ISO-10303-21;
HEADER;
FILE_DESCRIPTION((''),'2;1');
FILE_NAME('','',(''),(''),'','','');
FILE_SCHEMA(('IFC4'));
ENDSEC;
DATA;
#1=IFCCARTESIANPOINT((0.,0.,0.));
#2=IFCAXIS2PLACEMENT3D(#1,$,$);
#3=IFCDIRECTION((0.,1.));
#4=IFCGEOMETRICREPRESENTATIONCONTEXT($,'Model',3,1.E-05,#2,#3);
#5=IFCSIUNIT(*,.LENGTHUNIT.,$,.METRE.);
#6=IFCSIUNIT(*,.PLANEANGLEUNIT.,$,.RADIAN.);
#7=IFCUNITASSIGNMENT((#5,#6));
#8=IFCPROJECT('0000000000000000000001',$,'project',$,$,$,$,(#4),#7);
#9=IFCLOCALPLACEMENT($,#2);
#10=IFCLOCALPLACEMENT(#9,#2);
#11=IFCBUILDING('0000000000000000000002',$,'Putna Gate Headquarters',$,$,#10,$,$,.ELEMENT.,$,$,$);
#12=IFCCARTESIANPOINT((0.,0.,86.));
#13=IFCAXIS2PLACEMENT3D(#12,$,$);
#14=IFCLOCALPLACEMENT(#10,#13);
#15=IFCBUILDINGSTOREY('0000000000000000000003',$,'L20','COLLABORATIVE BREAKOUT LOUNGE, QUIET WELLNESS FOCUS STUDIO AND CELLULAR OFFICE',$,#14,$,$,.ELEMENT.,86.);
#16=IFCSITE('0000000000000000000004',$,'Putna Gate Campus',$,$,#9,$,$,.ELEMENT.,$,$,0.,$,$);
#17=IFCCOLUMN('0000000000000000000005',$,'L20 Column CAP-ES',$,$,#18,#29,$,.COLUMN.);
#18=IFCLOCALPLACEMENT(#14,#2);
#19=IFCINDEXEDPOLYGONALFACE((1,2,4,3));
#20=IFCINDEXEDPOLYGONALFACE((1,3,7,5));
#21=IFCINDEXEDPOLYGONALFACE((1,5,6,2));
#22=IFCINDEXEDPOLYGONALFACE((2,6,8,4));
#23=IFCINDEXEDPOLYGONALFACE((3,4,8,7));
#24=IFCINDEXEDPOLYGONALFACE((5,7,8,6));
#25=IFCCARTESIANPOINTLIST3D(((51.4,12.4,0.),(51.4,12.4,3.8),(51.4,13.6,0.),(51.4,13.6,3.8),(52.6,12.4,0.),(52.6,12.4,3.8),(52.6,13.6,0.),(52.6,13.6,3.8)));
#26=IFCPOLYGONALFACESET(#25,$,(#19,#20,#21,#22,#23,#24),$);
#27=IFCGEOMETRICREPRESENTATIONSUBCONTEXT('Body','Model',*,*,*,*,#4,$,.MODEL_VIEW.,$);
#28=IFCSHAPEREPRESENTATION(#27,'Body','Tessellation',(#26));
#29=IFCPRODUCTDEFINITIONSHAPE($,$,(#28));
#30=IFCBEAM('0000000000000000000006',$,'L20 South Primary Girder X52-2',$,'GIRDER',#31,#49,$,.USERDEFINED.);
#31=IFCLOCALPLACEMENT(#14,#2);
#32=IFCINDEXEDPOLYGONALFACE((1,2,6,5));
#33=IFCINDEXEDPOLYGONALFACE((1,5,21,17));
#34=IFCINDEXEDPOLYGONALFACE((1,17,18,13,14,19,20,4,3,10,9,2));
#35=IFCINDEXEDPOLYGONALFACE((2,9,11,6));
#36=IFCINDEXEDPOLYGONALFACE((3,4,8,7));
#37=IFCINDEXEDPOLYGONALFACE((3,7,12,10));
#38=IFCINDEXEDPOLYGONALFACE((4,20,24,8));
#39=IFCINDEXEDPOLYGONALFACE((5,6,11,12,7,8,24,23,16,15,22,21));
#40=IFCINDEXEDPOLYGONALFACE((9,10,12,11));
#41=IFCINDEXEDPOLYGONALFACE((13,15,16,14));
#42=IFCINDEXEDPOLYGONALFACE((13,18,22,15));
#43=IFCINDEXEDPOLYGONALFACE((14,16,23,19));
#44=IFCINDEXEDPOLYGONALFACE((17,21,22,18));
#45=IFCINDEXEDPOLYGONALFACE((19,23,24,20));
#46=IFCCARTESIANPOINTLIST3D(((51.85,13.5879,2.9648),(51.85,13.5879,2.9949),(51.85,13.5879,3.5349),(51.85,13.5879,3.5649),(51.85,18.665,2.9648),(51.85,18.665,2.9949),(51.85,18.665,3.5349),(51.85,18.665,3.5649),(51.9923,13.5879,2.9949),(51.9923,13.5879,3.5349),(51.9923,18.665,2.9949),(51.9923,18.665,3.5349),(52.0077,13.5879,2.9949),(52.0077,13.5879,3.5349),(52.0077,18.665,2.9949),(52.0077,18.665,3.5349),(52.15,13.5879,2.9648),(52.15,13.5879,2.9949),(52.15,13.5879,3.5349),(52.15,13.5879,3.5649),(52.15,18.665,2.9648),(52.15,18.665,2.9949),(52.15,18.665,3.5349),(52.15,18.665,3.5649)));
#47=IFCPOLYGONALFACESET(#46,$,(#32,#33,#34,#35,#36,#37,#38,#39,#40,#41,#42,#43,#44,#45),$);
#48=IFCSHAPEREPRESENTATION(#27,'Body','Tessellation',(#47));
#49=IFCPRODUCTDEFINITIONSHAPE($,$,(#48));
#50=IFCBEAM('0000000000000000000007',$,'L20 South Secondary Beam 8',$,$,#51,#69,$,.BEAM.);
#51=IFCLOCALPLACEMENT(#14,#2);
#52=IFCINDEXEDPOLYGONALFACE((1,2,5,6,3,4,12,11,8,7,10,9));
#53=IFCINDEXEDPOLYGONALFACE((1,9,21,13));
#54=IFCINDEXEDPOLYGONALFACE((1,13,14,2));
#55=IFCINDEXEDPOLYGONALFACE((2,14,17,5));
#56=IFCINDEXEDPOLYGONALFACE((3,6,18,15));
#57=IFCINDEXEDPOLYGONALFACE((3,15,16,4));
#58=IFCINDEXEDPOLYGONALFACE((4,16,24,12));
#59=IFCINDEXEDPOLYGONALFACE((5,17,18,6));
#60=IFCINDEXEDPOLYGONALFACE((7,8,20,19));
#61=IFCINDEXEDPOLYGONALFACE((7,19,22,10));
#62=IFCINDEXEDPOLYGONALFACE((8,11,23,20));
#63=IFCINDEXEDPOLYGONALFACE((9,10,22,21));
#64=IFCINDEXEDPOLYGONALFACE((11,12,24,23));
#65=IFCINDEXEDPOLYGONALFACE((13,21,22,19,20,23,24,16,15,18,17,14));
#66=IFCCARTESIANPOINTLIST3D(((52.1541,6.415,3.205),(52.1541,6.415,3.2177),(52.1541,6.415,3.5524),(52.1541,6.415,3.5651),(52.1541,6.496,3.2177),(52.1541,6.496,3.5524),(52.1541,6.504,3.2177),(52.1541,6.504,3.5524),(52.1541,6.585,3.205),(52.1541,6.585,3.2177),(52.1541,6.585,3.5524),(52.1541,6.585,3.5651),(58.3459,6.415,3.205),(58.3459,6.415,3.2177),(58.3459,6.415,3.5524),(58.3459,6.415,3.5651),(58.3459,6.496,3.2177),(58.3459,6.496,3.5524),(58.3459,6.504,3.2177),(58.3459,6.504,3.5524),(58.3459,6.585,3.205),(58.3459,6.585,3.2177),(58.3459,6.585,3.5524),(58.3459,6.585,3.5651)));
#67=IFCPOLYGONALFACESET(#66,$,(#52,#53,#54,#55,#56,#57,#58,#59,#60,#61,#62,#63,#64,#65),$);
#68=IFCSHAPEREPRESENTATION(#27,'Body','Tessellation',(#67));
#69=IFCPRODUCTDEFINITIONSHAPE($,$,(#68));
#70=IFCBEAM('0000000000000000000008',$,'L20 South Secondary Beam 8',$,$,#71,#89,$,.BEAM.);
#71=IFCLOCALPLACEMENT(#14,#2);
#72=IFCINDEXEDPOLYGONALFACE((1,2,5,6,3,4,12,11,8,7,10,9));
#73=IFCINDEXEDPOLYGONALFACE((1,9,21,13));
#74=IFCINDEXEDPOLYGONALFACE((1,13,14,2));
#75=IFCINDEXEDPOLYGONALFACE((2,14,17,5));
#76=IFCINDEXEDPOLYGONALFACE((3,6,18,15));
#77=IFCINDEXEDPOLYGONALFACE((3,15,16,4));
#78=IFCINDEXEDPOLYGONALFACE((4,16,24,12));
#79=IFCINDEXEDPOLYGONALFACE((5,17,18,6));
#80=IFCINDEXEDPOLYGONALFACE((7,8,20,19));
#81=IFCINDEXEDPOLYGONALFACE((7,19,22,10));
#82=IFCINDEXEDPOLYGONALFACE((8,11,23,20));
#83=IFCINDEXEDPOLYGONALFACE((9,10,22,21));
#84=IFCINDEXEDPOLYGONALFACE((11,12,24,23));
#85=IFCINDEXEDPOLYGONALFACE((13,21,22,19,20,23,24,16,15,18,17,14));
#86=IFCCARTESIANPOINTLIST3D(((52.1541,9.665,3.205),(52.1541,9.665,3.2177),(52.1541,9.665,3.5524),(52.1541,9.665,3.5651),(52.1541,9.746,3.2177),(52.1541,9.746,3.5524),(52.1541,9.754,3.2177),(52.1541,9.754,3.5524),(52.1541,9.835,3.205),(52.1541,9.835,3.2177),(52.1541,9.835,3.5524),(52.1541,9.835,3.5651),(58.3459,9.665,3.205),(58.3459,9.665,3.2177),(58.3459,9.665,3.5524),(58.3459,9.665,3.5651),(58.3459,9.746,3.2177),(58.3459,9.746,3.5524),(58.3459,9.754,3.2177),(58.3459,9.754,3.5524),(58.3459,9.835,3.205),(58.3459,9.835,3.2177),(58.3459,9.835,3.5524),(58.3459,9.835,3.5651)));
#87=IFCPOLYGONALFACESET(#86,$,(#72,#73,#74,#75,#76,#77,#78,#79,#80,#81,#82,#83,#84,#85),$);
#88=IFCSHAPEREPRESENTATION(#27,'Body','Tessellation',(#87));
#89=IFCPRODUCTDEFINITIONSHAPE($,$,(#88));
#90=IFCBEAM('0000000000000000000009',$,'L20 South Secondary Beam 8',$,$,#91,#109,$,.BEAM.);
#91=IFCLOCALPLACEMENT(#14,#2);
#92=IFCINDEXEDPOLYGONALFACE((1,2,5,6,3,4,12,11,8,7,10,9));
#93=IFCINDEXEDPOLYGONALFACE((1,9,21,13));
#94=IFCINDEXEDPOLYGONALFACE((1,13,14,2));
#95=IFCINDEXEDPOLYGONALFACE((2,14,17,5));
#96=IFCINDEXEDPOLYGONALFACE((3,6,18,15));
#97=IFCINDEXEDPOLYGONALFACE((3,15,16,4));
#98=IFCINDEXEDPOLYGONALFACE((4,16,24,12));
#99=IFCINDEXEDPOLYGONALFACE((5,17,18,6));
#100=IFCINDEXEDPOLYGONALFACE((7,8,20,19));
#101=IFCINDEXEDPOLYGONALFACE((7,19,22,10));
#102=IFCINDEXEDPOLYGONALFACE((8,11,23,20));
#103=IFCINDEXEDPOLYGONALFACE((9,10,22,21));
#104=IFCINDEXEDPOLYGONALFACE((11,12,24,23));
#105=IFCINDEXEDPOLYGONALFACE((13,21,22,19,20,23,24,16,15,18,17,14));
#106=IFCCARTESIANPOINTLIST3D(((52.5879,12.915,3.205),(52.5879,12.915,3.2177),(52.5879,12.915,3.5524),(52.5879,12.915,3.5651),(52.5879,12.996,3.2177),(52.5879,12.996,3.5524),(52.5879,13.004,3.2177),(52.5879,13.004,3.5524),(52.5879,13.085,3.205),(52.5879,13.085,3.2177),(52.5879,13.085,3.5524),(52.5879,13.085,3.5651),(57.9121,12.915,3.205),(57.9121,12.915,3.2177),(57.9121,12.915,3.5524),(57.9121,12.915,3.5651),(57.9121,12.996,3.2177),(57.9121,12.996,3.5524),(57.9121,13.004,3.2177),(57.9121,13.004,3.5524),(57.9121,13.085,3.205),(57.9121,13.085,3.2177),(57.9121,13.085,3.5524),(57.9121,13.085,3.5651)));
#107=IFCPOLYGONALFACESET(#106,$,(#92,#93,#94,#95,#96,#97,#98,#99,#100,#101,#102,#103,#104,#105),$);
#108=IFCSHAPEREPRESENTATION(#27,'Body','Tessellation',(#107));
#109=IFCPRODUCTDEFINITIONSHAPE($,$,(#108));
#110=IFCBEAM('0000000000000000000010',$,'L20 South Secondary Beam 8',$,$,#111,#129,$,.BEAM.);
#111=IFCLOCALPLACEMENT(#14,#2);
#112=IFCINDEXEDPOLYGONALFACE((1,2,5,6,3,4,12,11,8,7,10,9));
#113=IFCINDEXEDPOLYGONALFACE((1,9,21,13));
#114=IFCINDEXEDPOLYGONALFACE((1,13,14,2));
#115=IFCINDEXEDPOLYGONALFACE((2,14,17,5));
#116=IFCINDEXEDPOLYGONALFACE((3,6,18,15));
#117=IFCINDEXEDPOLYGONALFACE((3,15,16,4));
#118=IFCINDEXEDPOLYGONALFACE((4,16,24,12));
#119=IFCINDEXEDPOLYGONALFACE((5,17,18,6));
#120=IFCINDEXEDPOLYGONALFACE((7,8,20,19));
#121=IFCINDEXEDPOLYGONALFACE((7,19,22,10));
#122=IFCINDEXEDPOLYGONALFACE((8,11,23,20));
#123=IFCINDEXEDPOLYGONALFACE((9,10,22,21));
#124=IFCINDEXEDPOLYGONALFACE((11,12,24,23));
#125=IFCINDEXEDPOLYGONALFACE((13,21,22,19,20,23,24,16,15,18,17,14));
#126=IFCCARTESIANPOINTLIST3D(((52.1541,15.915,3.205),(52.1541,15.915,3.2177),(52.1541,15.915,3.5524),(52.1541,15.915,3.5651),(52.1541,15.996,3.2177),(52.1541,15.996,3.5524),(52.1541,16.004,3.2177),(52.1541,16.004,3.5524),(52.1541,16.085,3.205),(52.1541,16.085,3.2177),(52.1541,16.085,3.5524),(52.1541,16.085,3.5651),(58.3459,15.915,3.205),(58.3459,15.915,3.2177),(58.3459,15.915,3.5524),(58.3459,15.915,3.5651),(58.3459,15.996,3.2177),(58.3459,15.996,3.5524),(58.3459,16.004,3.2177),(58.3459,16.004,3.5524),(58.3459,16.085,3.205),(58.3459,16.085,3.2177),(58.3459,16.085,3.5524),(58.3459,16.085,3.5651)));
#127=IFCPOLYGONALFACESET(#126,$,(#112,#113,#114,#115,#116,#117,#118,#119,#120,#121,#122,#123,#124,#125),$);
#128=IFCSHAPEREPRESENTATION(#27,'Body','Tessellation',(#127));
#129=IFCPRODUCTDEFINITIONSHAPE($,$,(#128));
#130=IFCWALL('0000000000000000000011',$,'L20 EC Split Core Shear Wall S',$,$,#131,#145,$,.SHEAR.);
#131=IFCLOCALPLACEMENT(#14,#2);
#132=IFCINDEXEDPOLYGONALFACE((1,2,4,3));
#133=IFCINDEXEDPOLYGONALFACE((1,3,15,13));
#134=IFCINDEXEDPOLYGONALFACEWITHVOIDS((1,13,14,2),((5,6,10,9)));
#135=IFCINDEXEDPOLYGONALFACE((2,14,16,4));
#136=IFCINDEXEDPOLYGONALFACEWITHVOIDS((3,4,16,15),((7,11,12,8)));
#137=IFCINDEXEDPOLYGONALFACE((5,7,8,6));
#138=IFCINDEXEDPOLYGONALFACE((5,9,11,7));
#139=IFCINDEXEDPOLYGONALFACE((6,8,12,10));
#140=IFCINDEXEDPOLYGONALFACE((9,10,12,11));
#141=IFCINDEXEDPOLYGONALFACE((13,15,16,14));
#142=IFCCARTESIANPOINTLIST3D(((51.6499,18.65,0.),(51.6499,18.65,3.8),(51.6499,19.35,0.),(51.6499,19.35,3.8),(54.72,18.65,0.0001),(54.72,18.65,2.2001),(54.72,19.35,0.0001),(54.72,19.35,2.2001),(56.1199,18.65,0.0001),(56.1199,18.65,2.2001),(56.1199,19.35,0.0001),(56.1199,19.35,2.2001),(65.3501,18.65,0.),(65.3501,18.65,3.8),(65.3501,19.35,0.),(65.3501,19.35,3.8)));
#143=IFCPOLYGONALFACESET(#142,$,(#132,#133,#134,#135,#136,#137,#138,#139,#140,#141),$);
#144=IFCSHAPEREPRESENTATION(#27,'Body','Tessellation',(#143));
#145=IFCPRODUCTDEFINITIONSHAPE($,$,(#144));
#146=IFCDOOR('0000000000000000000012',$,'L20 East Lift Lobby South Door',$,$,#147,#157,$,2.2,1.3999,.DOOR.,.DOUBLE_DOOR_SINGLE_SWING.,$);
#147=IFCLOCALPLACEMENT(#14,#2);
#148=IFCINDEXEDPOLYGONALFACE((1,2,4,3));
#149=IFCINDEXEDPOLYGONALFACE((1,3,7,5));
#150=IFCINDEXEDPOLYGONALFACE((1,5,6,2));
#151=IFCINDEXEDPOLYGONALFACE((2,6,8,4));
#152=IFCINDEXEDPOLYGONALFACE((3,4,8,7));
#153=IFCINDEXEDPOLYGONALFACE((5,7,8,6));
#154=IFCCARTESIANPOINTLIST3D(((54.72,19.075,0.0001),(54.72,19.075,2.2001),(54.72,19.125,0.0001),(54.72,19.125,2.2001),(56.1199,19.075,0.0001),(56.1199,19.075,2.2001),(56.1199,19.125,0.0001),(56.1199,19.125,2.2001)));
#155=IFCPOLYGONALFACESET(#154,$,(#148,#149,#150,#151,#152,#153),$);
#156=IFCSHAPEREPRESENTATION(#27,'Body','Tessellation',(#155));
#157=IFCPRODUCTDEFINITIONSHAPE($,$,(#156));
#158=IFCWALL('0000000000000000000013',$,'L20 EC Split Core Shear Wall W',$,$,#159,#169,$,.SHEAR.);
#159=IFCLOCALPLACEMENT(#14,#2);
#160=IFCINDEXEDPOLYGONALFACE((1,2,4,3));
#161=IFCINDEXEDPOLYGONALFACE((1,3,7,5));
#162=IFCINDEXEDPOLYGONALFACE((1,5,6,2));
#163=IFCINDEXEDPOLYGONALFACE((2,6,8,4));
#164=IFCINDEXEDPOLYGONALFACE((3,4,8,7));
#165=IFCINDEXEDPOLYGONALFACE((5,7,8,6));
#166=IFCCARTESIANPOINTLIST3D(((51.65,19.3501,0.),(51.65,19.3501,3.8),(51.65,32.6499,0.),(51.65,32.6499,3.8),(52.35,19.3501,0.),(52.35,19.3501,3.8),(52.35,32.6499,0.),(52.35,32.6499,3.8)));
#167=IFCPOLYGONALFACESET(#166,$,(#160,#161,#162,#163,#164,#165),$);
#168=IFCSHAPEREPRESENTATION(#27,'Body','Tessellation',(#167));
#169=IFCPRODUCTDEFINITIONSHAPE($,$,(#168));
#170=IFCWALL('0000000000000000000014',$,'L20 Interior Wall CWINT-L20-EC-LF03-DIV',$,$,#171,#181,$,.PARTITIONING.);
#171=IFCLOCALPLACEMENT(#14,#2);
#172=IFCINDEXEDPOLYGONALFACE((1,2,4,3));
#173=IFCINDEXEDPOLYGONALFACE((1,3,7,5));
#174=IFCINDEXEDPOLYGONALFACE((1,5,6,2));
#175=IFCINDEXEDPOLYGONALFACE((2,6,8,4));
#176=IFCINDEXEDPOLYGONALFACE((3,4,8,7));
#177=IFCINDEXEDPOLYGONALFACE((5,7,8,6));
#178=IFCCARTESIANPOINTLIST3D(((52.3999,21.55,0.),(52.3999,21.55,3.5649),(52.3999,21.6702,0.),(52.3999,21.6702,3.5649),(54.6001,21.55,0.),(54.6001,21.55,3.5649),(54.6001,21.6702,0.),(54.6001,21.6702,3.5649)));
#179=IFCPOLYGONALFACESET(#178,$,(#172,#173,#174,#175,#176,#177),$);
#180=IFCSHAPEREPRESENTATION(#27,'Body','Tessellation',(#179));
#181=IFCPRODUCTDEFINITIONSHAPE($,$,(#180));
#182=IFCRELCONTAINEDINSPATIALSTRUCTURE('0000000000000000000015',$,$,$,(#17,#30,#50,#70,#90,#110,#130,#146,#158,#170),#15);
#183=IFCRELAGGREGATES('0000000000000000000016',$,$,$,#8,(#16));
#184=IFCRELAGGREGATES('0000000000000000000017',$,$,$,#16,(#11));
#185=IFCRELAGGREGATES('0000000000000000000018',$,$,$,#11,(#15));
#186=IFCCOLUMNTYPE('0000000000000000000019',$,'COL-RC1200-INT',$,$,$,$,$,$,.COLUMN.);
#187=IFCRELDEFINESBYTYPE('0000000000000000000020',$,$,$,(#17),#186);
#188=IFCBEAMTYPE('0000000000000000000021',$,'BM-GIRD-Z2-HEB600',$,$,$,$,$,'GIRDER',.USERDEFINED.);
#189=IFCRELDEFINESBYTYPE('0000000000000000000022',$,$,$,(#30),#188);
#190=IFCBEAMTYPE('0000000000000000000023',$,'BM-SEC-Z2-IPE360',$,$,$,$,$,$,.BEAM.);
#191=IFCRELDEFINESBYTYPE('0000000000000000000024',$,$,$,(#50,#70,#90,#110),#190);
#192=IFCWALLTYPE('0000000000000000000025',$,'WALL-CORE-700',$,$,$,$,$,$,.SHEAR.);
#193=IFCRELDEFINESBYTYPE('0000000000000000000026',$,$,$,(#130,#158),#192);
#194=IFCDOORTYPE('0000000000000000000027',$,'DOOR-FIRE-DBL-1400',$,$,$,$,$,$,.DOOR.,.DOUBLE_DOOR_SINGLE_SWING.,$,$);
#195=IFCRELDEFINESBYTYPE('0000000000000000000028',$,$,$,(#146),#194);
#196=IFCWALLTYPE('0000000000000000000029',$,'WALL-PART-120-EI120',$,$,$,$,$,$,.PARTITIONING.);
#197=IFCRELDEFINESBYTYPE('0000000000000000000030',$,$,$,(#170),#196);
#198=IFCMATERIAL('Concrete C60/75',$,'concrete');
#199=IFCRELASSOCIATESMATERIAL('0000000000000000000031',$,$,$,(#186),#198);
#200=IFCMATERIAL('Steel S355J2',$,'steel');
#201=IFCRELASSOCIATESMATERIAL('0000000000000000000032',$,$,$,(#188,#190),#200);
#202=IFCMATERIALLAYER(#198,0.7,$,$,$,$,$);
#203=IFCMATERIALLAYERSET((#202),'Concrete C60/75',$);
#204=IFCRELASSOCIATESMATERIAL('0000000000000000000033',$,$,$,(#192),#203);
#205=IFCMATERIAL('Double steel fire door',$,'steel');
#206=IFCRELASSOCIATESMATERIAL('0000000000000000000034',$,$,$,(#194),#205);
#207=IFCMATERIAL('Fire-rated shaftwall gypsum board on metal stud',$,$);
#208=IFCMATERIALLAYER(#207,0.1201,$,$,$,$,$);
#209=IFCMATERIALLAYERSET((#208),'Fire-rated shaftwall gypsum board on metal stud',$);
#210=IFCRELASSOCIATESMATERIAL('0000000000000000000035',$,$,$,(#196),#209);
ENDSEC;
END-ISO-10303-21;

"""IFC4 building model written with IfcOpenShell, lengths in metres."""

from ifc_helpers import new_model, si_unit, direction, frame, frame_2d, origin, origin_2d, place, context, subcontext, project, spatial, rectangle, i_section, extrude, material, layer, layer_set, material_profile, profile_set, type_object, element, fill, save


model = new_model("IFC4")

# Units and contexts
model_context = context("Model", 3, precision=1e-05, world=origin(), true_north=direction((0.0, 1.0)))
body_context = subcontext(model_context, "Body", "Model", "MODEL_VIEW")
ifc_project = project(units=[si_unit("LENGTHUNIT", "METRE"), si_unit("PLANEANGLEUNIT", "RADIAN")], contexts=[model_context])

# Site, building, storey
site_placement = place(None, origin())
site = spatial("IfcSite", under=ifc_project, at=site_placement, Name="Putna Gate Campus", CompositionType="ELEMENT", RefElevation=0.0)
building_placement = place(site_placement, origin())
building = spatial("IfcBuilding", under=site, at=building_placement, Name="Putna Gate Headquarters", CompositionType="ELEMENT")
storey_placement = place(building_placement, frame((0.0, 0.0, 86.0)))
storey = spatial("IfcBuildingStorey", under=building, at=storey_placement, Name="L20", Description="COLLABORATIVE BREAKOUT LOUNGE, QUIET WELLNESS FOCUS STUDIO AND CELLULAR OFFICE", CompositionType="ELEMENT", Elevation=86.0)

# Column
ifc_material_1 = material(Name="Concrete C60/75", Category="concrete")
ifc_material_profile_1 = material_profile(ifc_material_1, rectangle(XDim=1.2, YDim=1.2, at=origin_2d()), Name="Concrete C60/75")
ifc_profile_set_1 = profile_set([ifc_material_profile_1], Name="Concrete C60/75")
column_type = type_object("IfcColumnType", Name="COL-RC1200-INT", PredefinedType="COLUMN", material=ifc_profile_set_1)
column_placement = place(storey_placement, frame((52.0, 13.0, 0.0), z_axis=(0.0, 0.0, 1.0), x_axis=(1.0, 0.0, 0.0)))
element("IfcColumn", 1, at=column_placement, inside=storey, type_object=column_type, Name="L20 Column CAP-ES", PredefinedType="COLUMN", context=body_context, shape_type="SweptSolid", body=[
    extrude(rectangle(XDim=1.2, YDim=1.2, at=origin_2d()), origin(), (0.0, 0.0, 1.0), 3.8),
])

# Beams
ifc_material_2 = material(Name="Steel S355J2", Category="steel")
ifc_material_profile_2 = material_profile(ifc_material_2, i_section(OverallWidth=0.3, OverallDepth=0.6001, WebThickness=0.0154, FlangeThickness=0.03, at=origin_2d()), Name="Steel S355J2")
ifc_profile_set_2 = profile_set([ifc_material_profile_2], Name="Steel S355J2")
beam_type_1 = type_object("IfcBeamType", Name="BM-GIRD-Z2-HEB600", ElementType="GIRDER", PredefinedType="USERDEFINED", material=ifc_profile_set_2)
beam_1_placement = place(storey_placement, frame((52.0, 13.5879, 3.2649), z_axis=(0.0, 1.0, 0.0), x_axis=(-1.0, 0.0, 0.0)))
element("IfcBeam", 2, at=beam_1_placement, inside=storey, type_object=beam_type_1, Name="L20 South Primary Girder X52-2", ObjectType="GIRDER", PredefinedType="USERDEFINED", context=body_context, shape_type="SweptSolid", body=[
    extrude(i_section(OverallWidth=0.3, OverallDepth=0.6001, WebThickness=0.0154, FlangeThickness=0.03, at=origin_2d()), origin(), (0.0, 0.0, 1.0), 5.0771),
])
ifc_material_profile_3 = material_profile(ifc_material_2, i_section(OverallWidth=0.1699, OverallDepth=0.3601, WebThickness=0.0081, FlangeThickness=0.0127, at=origin_2d()), Name="Steel S355J2")
ifc_profile_set_3 = profile_set([ifc_material_profile_3], Name="Steel S355J2")
beam_type_2 = type_object("IfcBeamType", Name="BM-SEC-Z2-IPE360", PredefinedType="BEAM", material=ifc_profile_set_3)
for number, where, z_axis, x_axis, name in (
    (3, (52.1541, 6.5, 3.385), (1.0, 0.0, 0.0), (0.0, 1.0, 0.0), "L20 South Secondary Beam 8"),
    (4, (52.1541, 9.75, 3.385), (1.0, 0.0, 0.0), (0.0, 1.0, 0.0), "L20 South Secondary Beam 8"),
):
    element("IfcBeam", number, at=place(storey_placement, frame(where, z_axis=z_axis, x_axis=x_axis)), inside=storey, type_object=beam_type_2, Name=name, PredefinedType="BEAM", context=body_context, shape_type="SweptSolid", body=[
        extrude(i_section(OverallWidth=0.1699, OverallDepth=0.3601, WebThickness=0.0081, FlangeThickness=0.0127, at=origin_2d()), origin(), (0.0, 0.0, 1.0), 6.1919),
    ])
beam_2_placement = place(storey_placement, frame((52.5879, 13.0, 3.385), z_axis=(1.0, 0.0, 0.0), x_axis=(0.0, 1.0, 0.0)))
element("IfcBeam", 5, at=beam_2_placement, inside=storey, type_object=beam_type_2, Name="L20 South Secondary Beam 8", PredefinedType="BEAM", context=body_context, shape_type="SweptSolid", body=[
    extrude(i_section(OverallWidth=0.1699, OverallDepth=0.3601, WebThickness=0.0081, FlangeThickness=0.0127, at=origin_2d()), origin(), (0.0, 0.0, 1.0), 5.3242),
])
beam_3_placement = place(storey_placement, frame((52.1541, 16.0, 3.385), z_axis=(1.0, 0.0, 0.0), x_axis=(0.0, 1.0, 0.0)))
element("IfcBeam", 6, at=beam_3_placement, inside=storey, type_object=beam_type_2, Name="L20 South Secondary Beam 8", PredefinedType="BEAM", context=body_context, shape_type="SweptSolid", body=[
    extrude(i_section(OverallWidth=0.1699, OverallDepth=0.3601, WebThickness=0.0081, FlangeThickness=0.0127, at=origin_2d()), origin(), (0.0, 0.0, 1.0), 6.1919),
])

# Wall, opening, door
ifc_layer_1 = layer(ifc_material_1, 0.7)
ifc_layer_set_1 = layer_set([ifc_layer_1], Name="Concrete C60/75")
wall_type_1 = type_object("IfcWallType", Name="WALL-CORE-700", PredefinedType="SHEAR", material=ifc_layer_set_1)
wall_1_placement = place(storey_placement, frame((51.6499, 19.0, 0.0), z_axis=(0.0, 0.0, 1.0), x_axis=(1.0, 0.0, 0.0)))
wall_1 = element("IfcWall", 7, at=wall_1_placement, inside=storey, type_object=wall_type_1, Name="L20 EC Split Core Shear Wall S", PredefinedType="SHEAR", context=body_context, shape_type="SweptSolid", body=[
    extrude(rectangle(XDim=13.7002, YDim=0.7, at=frame_2d((6.8501, 0.0))), origin(), (0.0, 0.0, 1.0), 3.8),
])
opening_1_placement = place(wall_1_placement, frame((3.0701, 0.0, 0.0)))
opening_1 = element("IfcOpeningElement", 8, at=opening_1_placement, cuts=wall_1, PredefinedType="OPENING", context=body_context, shape_type="SweptSolid", body=[
    extrude(rectangle(XDim=1.3999, YDim=2.2, at=frame_2d((0.7, 1.1001))), frame((0.0, 0.3599, 0.0), z_axis=(0.0, -1.0, 0.0), x_axis=(1.0, 0.0, 0.0)), (0.0, 0.0, 1.0), 0.72),
])
ifc_material_3 = material(Name="Double steel fire door", Category="steel")
door_type_1 = type_object("IfcDoorType", Name="DOOR-FIRE-DBL-1400", OperationType="DOUBLE_DOOR_SINGLE_SWING", PredefinedType="DOOR", material=ifc_material_3)
door_1_placement = place(opening_1_placement, origin())
door_1 = element("IfcDoor", 9, at=door_1_placement, inside=storey, type_object=door_type_1, Name="L20 East Lift Lobby South Door", OperationType="DOUBLE_DOOR_SINGLE_SWING", OverallHeight=2.2, OverallWidth=1.3999, PredefinedType="DOOR", context=body_context, shape_type="SweptSolid", body=[
    extrude(rectangle(XDim=1.3999, YDim=2.2, at=frame_2d((0.7, 1.1001))), frame((0.0, 0.125, 0.0), z_axis=(0.0, -1.0, 0.0), x_axis=(1.0, 0.0, 0.0)), (0.0, 0.0, 1.0), 0.05),
])
fill(opening_1, door_1)

# Walls
wall_2_placement = place(storey_placement, frame((52.0, 19.3501, 0.0), z_axis=(0.0, 0.0, 1.0), x_axis=(0.0, 1.0, 0.0)))
element("IfcWall", 10, at=wall_2_placement, inside=storey, type_object=wall_type_1, Name="L20 EC Split Core Shear Wall W", PredefinedType="SHEAR", context=body_context, shape_type="SweptSolid", body=[
    extrude(rectangle(XDim=13.2998, YDim=0.7, at=frame_2d((6.6499, 0.0))), origin(), (0.0, 0.0, 1.0), 3.8),
])
ifc_material_4 = material(Name="Fire-rated shaftwall gypsum board on metal stud")
ifc_layer_2 = layer(ifc_material_4, 0.1201)
ifc_layer_set_2 = layer_set([ifc_layer_2], Name="Fire-rated shaftwall gypsum board on metal stud")
wall_type_2 = type_object("IfcWallType", Name="WALL-PART-120-EI120", PredefinedType="PARTITIONING", material=ifc_layer_set_2)
wall_3_placement = place(storey_placement, frame((52.3999, 21.6101, 0.0), z_axis=(0.0, 0.0, 1.0), x_axis=(1.0, 0.0, 0.0)))
element("IfcWall", 11, at=wall_3_placement, inside=storey, type_object=wall_type_2, Name="L20 Interior Wall CWINT-L20-EC-LF03-DIV", PredefinedType="PARTITIONING", context=body_context, shape_type="SweptSolid", body=[
    extrude(rectangle(XDim=2.2002, YDim=0.1201, at=frame_2d((1.1001, 0.0))), origin(), (0.0, 0.0, 1.0), 3.5649),
])

save(model, "model.ifc")
